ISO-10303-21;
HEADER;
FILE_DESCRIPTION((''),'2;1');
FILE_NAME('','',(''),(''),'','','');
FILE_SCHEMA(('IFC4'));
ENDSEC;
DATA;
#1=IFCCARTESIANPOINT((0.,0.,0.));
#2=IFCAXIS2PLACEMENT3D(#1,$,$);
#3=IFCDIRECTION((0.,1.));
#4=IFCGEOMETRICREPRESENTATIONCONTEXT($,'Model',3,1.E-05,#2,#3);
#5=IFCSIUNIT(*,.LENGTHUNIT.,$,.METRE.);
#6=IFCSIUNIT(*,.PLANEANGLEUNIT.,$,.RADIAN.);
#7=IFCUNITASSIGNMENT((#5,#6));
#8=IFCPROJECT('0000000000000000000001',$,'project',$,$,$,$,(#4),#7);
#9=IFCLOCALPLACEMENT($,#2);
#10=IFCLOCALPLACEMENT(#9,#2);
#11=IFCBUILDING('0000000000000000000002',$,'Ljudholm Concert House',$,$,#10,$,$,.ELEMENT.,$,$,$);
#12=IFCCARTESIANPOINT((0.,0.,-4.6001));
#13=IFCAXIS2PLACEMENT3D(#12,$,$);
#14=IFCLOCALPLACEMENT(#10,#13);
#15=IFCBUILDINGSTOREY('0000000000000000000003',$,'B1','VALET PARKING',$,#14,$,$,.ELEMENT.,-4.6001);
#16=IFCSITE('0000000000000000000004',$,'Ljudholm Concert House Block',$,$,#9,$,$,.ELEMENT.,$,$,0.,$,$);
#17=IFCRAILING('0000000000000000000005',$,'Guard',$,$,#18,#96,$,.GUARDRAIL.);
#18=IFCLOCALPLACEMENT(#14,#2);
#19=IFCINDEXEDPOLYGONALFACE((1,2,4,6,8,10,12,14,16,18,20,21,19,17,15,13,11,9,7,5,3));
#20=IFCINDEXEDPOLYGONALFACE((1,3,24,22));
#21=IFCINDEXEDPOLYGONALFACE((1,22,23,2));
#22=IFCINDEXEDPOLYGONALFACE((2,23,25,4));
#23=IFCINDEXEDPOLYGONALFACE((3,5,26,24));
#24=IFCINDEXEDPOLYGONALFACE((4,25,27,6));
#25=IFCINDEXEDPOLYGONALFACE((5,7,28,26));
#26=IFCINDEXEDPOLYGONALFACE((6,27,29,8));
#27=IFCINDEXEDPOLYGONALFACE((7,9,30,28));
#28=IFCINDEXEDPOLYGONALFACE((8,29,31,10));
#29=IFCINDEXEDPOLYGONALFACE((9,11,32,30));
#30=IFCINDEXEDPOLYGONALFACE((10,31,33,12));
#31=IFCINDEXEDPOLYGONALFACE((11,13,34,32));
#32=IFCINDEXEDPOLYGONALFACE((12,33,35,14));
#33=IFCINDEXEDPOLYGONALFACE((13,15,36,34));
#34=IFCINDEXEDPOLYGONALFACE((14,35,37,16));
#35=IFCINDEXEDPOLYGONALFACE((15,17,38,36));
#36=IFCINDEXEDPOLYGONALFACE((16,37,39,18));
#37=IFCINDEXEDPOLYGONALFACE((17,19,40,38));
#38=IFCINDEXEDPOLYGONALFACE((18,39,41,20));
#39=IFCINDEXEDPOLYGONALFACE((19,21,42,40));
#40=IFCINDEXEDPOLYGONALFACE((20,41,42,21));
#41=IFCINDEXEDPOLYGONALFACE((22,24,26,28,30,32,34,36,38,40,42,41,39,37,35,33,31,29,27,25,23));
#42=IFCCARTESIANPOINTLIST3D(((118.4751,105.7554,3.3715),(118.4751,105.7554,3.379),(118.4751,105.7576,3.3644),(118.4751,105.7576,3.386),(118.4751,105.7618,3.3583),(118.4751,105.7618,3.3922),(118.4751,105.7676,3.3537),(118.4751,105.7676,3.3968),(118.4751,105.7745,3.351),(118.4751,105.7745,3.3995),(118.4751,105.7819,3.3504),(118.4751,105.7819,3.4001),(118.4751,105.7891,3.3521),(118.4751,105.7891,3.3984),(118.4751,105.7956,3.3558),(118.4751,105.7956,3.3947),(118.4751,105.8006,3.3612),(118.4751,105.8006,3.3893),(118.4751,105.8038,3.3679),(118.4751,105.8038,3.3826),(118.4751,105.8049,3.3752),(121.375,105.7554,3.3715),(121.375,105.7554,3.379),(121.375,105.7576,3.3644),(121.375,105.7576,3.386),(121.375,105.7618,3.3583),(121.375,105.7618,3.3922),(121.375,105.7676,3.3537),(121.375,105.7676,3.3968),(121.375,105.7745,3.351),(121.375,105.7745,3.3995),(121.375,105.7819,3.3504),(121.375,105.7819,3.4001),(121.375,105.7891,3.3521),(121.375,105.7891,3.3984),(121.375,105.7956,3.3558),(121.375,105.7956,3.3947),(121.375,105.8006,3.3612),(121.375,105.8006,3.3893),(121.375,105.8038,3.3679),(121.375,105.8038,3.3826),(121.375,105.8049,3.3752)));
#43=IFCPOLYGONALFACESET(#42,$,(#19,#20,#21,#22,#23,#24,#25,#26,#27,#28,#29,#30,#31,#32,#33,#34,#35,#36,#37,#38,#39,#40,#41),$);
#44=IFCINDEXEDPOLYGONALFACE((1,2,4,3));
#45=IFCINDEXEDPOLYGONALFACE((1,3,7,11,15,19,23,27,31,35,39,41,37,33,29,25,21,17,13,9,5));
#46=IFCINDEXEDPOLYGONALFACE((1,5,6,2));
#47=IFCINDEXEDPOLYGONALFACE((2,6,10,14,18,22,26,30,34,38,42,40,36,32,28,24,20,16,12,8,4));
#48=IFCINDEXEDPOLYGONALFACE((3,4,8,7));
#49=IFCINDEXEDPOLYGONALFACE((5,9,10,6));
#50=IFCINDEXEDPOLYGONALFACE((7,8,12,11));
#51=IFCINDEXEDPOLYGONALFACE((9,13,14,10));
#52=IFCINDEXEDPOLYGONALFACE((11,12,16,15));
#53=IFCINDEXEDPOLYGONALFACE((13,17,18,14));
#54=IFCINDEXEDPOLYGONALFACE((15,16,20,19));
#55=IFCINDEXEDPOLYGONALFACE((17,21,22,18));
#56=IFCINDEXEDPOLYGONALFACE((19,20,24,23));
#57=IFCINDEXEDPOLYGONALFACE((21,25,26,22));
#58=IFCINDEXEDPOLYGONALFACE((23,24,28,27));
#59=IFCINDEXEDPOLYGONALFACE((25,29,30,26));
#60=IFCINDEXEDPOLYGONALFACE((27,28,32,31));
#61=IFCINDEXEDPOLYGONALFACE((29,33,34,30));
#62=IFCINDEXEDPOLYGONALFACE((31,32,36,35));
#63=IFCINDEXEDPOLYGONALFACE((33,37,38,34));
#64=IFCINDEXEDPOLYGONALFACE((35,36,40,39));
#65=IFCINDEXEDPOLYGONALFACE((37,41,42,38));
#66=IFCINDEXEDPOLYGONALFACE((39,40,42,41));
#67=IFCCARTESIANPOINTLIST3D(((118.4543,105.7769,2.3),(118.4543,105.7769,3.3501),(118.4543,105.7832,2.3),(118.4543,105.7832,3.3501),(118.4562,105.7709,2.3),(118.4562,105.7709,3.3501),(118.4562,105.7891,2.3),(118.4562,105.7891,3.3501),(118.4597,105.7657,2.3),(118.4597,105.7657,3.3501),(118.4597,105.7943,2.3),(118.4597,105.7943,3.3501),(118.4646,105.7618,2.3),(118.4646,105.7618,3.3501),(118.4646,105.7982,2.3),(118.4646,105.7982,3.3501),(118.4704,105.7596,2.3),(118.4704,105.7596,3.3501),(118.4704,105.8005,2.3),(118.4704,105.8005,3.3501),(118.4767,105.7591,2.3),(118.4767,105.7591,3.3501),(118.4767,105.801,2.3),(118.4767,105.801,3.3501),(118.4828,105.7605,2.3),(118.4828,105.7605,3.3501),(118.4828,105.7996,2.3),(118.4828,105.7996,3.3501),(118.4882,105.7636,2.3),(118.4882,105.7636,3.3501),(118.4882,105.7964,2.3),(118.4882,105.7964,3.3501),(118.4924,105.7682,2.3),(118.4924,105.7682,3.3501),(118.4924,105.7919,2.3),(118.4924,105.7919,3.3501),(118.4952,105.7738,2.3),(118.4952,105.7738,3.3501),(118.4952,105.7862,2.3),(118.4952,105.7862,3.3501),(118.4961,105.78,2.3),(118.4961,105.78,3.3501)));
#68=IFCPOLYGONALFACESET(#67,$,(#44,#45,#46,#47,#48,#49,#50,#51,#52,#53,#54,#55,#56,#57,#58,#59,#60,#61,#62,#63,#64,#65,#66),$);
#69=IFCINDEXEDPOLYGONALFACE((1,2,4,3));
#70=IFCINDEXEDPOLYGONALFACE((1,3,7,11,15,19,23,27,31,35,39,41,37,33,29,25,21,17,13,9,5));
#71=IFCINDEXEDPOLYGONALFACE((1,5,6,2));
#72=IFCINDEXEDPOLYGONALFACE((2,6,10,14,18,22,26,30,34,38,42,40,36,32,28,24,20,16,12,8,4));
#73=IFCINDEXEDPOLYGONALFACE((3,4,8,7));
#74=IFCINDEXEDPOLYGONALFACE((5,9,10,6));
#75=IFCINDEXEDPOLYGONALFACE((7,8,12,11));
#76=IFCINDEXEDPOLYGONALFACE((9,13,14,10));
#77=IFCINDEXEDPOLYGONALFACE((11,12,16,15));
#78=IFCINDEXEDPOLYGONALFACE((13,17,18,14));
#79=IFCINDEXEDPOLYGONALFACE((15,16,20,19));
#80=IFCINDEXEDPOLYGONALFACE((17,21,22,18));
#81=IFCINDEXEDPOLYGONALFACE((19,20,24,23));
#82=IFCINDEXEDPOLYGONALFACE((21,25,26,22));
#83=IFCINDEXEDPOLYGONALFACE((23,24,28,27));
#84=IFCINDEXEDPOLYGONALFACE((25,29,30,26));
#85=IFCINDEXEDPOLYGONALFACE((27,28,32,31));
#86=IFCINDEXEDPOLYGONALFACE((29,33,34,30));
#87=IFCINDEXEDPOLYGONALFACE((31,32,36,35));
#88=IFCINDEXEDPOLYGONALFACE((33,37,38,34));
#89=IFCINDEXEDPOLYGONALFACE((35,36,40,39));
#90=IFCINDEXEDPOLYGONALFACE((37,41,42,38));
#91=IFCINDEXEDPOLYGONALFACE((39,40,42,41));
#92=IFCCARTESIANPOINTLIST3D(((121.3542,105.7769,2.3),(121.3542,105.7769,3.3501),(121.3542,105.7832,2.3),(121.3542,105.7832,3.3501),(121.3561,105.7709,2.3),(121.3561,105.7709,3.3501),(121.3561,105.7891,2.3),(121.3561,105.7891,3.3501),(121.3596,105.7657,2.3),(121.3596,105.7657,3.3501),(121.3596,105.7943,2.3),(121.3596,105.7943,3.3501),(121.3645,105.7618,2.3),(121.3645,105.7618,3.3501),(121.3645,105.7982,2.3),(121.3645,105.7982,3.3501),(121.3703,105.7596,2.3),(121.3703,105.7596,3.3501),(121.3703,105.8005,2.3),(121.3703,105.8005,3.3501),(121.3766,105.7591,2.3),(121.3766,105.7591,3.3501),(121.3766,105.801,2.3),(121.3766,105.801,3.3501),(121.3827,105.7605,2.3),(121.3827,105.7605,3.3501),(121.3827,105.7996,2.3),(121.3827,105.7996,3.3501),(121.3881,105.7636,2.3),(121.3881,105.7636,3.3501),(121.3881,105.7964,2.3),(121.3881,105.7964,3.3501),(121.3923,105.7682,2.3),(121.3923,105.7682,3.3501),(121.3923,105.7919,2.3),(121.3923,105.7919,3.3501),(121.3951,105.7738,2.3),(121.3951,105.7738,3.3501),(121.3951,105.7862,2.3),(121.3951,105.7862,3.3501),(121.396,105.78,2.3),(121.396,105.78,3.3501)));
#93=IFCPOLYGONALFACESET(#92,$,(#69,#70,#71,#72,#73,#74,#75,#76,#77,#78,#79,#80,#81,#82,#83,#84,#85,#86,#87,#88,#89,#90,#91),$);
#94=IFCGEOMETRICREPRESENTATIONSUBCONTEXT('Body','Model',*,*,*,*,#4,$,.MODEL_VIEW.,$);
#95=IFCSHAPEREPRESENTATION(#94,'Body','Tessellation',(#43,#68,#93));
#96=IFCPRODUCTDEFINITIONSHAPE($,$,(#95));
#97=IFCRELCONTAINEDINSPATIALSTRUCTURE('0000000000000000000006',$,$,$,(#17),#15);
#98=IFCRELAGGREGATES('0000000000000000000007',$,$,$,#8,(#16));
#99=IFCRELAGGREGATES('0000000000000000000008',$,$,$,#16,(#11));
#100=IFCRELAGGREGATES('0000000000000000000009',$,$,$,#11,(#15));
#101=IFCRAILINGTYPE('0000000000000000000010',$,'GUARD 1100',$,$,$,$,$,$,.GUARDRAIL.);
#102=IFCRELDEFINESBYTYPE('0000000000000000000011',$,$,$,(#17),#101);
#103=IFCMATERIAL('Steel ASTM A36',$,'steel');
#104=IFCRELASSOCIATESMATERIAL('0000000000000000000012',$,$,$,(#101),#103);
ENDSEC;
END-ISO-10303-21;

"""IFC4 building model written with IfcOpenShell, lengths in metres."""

from ifc_helpers import new_model, si_unit, direction, frame, origin, origin_2d, place, context, subcontext, project, spatial, circle, extrude, material, type_object, element, save


model = new_model("IFC4")

# Units and contexts
model_context = context("Model", 3, precision=1e-05, world=origin(), true_north=direction((0.0, 1.0)))
body_context = subcontext(model_context, "Body", "Model", "MODEL_VIEW")
ifc_project = project(units=[si_unit("LENGTHUNIT", "METRE"), si_unit("PLANEANGLEUNIT", "RADIAN")], contexts=[model_context])

# Site, building, storey
site_placement = place(None, origin())
site = spatial("IfcSite", under=ifc_project, at=site_placement, Name="Ljudholm Concert House Block", CompositionType="ELEMENT", RefElevation=0.0)
building_placement = place(site_placement, origin())
building = spatial("IfcBuilding", under=site, at=building_placement, Name="Ljudholm Concert House", CompositionType="ELEMENT")
storey_placement = place(building_placement, frame((0.0, 0.0, -4.6001)))
storey = spatial("IfcBuildingStorey", under=building, at=storey_placement, Name="B1", Description="VALET PARKING", CompositionType="ELEMENT", Elevation=-4.6001)

# Railing
ifc_material_1 = material(Name="Steel ASTM A36", Category="steel")
railing_type_1 = type_object("IfcRailingType", Name="GUARD 1100", PredefinedType="GUARDRAIL", material=ifc_material_1)
railing_1_placement = place(storey_placement, frame((118.4751, 105.78, 2.3)))
element("IfcRailing", 1, at=railing_1_placement, inside=storey, type_object=railing_type_1, Name="Guard", PredefinedType="GUARDRAIL", context=body_context, shape_type="SweptSolid", body=[
    extrude(circle(Radius=0.0249, at=origin_2d()), frame((0.0, 0.0, 1.0752), z_axis=(1.0, 0.0, 0.0), x_axis=(0.0, 1.0, 0.0)), (0.0, 0.0, 1.0), 2.8999),
    extrude(circle(Radius=0.021, at=origin_2d()), origin(), (0.0, 0.0, 1.0), 1.05),
    extrude(circle(Radius=0.021, at=origin_2d()), frame((2.8999, 0.0, 0.0)), (0.0, 0.0, 1.0), 1.05),
])

save(model, "model.ifc")
